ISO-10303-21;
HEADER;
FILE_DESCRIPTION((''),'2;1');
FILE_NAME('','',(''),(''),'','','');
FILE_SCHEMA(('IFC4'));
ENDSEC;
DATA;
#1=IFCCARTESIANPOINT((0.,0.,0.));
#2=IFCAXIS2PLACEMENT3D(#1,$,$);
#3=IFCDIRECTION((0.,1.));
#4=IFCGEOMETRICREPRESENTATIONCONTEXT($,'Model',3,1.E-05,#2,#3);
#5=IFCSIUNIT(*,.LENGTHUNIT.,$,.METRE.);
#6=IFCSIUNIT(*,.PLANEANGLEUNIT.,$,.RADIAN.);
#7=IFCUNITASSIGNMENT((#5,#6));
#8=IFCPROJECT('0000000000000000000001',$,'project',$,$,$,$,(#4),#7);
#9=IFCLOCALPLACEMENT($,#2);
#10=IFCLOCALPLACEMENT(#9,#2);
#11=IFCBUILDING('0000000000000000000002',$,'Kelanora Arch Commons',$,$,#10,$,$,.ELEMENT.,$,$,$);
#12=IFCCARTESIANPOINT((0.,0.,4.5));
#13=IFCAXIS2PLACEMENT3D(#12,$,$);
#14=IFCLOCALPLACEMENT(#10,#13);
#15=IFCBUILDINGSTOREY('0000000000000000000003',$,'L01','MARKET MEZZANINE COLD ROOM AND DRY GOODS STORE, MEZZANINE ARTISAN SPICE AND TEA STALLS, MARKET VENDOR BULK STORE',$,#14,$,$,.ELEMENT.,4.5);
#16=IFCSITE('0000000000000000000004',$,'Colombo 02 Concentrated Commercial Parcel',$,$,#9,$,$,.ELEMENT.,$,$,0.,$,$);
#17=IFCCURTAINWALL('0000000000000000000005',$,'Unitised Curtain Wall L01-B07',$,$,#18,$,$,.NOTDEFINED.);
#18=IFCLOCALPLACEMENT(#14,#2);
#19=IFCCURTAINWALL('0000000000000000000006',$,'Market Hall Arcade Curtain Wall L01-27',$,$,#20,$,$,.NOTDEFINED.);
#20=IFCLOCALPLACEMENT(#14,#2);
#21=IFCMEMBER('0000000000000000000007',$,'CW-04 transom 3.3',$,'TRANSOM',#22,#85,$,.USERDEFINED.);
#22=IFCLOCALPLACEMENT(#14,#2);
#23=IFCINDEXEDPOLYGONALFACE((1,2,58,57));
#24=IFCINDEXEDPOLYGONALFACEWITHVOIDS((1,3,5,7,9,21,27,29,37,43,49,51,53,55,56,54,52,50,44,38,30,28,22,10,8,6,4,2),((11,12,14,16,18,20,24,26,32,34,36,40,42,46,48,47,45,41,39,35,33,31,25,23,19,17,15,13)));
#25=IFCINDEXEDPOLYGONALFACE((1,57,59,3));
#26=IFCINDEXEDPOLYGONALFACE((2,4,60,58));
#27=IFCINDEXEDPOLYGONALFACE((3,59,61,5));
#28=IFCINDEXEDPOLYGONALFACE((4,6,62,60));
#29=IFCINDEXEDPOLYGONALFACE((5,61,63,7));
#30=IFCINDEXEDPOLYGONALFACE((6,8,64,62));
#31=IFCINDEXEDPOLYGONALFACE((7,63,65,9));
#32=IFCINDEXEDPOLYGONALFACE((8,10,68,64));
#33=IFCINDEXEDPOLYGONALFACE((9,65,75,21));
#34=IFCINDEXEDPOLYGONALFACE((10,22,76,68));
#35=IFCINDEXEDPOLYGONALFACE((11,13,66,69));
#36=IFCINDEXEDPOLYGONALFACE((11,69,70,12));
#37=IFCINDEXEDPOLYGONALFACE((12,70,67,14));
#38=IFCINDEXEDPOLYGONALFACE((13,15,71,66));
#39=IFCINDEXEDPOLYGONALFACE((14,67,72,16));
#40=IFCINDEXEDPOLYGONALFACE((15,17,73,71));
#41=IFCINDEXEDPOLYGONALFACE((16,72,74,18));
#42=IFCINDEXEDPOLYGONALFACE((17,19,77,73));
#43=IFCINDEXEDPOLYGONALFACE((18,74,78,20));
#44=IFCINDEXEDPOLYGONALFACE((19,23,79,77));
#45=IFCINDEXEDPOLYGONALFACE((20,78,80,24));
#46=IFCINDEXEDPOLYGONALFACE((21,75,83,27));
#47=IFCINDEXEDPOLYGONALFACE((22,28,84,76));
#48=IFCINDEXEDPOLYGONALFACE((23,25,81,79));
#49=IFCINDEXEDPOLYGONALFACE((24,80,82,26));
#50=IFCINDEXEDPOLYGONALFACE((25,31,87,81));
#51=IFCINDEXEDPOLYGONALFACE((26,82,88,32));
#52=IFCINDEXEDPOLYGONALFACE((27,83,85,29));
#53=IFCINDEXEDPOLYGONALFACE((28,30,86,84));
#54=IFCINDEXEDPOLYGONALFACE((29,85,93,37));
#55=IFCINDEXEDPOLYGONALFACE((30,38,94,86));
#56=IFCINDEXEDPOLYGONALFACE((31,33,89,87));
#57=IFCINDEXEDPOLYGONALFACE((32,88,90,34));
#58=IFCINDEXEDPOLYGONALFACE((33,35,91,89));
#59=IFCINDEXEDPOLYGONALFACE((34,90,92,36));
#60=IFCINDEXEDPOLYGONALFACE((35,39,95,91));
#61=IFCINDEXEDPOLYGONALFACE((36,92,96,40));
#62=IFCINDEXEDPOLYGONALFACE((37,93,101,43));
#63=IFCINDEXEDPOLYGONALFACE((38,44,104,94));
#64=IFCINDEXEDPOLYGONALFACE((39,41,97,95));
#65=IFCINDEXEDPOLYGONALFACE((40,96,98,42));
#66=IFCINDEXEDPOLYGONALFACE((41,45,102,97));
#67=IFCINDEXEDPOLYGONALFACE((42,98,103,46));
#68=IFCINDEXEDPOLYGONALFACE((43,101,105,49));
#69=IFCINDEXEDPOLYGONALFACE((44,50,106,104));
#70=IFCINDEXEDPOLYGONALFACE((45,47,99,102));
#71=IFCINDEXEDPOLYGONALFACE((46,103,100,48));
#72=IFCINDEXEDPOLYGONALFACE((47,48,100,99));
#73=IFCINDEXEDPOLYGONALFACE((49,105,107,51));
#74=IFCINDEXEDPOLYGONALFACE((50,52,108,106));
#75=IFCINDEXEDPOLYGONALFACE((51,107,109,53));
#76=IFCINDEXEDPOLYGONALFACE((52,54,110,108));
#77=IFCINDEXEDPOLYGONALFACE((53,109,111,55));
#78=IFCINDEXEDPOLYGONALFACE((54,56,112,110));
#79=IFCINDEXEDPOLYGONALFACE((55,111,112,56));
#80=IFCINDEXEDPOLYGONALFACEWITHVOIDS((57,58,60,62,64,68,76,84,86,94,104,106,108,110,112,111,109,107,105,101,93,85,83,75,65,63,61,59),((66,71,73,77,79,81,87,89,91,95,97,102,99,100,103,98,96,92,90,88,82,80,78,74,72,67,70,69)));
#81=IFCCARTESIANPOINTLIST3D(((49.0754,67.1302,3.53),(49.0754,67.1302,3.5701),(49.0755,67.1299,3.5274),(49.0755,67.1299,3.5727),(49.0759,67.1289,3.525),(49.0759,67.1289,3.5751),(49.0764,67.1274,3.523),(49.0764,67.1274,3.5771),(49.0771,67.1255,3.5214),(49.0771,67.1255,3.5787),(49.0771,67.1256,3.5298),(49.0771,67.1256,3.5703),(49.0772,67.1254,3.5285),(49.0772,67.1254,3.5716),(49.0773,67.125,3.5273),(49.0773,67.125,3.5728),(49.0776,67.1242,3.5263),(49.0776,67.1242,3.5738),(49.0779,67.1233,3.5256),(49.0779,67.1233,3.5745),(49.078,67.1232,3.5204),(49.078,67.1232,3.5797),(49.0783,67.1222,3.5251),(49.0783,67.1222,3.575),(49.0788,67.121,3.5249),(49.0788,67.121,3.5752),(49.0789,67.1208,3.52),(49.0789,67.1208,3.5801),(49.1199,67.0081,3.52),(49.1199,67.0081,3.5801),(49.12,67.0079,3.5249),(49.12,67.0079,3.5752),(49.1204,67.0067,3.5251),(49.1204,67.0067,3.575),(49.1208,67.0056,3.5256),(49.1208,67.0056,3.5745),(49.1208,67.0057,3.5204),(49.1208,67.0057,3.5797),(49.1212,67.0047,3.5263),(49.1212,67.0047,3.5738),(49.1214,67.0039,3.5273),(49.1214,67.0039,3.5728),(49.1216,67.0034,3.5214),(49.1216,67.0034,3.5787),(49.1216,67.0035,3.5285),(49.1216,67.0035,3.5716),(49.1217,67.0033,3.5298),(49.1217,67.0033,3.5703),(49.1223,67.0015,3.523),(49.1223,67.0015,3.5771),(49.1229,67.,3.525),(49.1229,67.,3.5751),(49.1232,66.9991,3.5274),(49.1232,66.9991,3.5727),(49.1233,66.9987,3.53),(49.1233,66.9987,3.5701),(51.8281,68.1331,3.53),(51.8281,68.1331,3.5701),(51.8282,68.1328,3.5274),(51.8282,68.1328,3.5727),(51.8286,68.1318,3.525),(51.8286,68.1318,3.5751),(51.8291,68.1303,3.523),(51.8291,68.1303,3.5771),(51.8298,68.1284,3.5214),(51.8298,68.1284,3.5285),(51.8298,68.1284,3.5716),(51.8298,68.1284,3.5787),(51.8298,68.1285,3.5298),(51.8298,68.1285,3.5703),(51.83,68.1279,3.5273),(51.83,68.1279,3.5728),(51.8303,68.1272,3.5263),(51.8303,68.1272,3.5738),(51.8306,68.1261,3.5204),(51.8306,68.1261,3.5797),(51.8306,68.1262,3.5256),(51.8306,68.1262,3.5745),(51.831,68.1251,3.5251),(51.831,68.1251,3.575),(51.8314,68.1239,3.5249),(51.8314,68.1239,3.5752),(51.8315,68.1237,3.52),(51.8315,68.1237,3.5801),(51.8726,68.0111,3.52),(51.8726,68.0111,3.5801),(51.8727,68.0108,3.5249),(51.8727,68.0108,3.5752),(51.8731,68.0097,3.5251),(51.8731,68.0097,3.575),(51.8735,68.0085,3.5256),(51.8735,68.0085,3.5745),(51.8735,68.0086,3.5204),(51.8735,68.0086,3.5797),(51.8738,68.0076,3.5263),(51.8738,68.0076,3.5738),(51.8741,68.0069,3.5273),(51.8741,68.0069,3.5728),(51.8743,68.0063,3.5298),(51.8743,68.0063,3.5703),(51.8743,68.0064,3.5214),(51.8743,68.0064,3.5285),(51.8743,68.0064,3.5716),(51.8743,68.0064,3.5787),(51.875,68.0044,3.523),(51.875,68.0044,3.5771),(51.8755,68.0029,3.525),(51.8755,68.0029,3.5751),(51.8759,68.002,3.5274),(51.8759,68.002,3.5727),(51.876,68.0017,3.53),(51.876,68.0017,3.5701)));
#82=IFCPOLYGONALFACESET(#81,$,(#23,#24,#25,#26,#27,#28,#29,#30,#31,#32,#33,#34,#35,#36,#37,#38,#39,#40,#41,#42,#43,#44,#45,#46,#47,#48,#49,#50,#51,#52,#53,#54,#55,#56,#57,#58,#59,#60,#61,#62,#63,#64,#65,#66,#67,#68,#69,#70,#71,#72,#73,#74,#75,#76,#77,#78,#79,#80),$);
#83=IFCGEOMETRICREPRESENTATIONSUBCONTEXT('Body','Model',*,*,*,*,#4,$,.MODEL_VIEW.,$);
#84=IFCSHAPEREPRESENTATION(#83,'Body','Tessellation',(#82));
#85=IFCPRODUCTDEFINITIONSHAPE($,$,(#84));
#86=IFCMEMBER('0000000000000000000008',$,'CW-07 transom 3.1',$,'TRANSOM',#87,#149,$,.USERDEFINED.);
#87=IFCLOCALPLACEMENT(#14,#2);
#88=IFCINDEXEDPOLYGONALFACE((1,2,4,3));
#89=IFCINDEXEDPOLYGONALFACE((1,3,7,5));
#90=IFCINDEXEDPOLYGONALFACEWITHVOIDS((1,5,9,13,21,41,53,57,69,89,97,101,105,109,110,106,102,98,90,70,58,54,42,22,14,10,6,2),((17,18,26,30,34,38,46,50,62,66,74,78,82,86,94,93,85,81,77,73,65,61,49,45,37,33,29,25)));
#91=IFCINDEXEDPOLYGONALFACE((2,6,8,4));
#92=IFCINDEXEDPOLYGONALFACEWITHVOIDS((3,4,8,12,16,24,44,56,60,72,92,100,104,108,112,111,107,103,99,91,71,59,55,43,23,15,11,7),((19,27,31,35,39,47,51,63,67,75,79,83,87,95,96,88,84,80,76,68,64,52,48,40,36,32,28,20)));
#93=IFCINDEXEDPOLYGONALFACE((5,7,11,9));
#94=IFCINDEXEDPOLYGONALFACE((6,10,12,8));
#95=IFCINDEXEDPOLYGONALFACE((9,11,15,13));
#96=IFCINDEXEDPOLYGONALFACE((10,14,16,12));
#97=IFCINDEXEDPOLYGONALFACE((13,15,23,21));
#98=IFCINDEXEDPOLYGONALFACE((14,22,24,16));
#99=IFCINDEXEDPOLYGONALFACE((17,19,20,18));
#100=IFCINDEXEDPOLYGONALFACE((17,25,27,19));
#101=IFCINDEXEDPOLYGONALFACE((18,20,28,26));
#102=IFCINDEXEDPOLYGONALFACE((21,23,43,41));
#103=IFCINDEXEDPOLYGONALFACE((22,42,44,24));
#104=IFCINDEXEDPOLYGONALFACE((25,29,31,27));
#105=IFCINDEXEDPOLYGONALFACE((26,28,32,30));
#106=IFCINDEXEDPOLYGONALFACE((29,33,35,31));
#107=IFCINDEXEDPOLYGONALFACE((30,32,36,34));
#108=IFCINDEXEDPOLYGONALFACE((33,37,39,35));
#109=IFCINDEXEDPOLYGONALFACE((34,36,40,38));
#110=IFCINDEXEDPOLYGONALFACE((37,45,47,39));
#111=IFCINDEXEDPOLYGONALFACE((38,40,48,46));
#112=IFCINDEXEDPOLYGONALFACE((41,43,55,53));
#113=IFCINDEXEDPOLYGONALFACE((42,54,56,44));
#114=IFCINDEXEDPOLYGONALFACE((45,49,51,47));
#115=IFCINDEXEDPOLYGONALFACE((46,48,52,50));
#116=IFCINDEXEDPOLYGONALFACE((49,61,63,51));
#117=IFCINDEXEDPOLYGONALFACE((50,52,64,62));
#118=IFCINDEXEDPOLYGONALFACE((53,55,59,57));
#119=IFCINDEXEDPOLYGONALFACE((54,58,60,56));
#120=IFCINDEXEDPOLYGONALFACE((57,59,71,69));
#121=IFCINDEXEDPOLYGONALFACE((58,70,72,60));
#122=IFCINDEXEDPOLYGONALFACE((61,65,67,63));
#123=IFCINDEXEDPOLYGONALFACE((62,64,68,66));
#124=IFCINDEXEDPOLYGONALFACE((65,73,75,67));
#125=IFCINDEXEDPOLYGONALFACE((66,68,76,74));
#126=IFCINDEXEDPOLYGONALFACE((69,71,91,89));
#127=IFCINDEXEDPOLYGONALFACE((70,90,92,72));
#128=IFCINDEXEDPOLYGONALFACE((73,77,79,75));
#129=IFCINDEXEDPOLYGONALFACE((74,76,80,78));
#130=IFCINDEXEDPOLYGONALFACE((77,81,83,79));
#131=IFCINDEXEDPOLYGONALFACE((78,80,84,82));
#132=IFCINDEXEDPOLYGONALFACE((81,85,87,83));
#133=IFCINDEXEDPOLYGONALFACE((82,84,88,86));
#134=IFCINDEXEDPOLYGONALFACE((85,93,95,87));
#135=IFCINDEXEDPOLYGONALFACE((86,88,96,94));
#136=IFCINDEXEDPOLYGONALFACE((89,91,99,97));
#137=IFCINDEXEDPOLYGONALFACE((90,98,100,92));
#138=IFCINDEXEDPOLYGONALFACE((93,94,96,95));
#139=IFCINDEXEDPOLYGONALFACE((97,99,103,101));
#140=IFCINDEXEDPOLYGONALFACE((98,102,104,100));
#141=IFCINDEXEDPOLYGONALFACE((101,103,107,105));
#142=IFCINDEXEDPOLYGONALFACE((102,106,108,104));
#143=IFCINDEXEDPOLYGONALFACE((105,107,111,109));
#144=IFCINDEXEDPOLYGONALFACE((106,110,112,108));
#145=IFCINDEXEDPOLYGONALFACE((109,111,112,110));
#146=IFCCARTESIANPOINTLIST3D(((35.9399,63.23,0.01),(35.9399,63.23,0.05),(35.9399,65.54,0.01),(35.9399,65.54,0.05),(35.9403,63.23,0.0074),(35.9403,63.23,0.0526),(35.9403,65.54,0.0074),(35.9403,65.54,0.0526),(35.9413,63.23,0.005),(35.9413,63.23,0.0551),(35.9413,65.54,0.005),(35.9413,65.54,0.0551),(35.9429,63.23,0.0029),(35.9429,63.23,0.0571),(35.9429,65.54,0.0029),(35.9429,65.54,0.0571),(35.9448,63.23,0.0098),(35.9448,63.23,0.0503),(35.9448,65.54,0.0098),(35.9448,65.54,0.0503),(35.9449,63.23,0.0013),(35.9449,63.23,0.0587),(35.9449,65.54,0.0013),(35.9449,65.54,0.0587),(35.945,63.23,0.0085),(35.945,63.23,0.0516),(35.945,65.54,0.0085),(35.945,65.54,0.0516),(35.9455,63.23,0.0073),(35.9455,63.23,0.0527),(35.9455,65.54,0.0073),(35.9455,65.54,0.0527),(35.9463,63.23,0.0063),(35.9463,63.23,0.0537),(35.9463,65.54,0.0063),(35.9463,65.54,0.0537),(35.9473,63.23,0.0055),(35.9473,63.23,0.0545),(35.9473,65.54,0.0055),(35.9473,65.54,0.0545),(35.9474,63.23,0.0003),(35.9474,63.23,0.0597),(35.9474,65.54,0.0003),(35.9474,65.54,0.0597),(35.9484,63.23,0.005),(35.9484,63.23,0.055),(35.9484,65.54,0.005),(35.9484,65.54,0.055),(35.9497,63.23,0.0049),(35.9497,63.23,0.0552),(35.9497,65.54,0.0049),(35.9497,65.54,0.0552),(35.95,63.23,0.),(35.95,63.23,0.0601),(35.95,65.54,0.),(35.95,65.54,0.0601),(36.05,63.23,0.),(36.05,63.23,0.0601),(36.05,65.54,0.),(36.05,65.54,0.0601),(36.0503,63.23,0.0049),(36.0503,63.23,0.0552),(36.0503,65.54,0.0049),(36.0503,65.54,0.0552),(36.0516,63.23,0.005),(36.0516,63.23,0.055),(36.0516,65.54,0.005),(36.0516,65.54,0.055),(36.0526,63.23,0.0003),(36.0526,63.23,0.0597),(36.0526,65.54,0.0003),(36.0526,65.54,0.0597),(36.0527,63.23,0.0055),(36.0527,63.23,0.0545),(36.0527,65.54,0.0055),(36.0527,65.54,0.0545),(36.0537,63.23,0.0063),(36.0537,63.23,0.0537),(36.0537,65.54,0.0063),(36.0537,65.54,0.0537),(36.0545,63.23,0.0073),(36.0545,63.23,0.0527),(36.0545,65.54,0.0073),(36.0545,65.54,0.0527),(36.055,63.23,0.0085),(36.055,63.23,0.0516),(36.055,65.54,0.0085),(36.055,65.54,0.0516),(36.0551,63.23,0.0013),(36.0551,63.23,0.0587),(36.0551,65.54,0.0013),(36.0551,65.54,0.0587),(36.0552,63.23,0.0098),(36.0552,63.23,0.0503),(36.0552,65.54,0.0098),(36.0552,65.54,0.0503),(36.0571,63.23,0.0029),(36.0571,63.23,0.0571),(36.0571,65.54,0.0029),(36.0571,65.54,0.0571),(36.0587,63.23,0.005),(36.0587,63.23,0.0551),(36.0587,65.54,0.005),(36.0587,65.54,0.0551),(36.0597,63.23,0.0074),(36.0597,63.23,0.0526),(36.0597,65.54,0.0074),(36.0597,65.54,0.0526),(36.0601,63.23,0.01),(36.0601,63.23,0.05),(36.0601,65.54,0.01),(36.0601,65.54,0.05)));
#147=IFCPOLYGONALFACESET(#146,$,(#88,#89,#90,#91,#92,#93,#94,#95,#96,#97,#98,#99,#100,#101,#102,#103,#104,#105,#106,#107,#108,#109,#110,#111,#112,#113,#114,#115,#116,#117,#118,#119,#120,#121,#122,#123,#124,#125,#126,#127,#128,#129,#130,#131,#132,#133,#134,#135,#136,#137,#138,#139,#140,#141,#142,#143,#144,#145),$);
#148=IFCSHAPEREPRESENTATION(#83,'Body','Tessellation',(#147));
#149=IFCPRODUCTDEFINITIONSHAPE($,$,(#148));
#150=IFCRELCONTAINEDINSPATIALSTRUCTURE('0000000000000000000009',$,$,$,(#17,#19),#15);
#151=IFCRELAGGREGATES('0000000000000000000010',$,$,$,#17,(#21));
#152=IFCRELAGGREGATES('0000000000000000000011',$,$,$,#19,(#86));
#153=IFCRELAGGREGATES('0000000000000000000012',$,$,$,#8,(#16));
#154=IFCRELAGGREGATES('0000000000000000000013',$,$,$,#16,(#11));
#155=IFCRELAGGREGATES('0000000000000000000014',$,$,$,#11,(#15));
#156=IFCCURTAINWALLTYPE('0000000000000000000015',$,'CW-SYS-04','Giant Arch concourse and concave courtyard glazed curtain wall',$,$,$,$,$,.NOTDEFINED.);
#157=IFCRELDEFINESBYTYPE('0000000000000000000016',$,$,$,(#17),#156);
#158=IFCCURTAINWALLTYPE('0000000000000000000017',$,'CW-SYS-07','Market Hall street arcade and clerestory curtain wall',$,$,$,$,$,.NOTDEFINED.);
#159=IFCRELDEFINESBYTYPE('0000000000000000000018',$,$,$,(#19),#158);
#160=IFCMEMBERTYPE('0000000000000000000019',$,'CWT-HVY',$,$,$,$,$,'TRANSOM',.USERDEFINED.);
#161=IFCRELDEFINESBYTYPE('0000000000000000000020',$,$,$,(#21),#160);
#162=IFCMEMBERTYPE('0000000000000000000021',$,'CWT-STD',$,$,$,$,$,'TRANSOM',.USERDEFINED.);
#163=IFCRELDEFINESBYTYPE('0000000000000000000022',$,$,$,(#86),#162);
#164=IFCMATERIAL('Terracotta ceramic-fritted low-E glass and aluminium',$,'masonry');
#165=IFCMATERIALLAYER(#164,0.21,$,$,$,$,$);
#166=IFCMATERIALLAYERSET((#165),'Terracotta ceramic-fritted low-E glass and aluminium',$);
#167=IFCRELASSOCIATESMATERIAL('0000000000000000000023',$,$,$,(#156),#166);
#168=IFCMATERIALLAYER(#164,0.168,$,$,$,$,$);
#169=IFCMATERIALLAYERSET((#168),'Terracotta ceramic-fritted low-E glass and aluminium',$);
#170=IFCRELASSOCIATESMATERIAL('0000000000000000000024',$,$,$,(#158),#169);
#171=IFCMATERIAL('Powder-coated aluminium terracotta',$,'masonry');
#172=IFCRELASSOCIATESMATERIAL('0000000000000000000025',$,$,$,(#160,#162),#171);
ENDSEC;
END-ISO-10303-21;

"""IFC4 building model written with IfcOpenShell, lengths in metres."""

from ifc_helpers import new_model, si_unit, direction, frame, origin, origin_2d, place, context, subcontext, project, spatial, hollow_rectangle, extrude, material, layer, layer_set, material_profile, profile_set, type_object, element, aggregate, save


model = new_model("IFC4")

# Units and contexts
model_context = context("Model", 3, precision=1e-05, world=origin(), true_north=direction((0.0, 1.0)))
body_context = subcontext(model_context, "Body", "Model", "MODEL_VIEW")
ifc_project = project(units=[si_unit("LENGTHUNIT", "METRE"), si_unit("PLANEANGLEUNIT", "RADIAN")], contexts=[model_context])

# Site, building, storey
site_placement = place(None, origin())
site = spatial("IfcSite", under=ifc_project, at=site_placement, Name="Colombo 02 Concentrated Commercial Parcel", CompositionType="ELEMENT", RefElevation=0.0)
building_placement = place(site_placement, origin())
building = spatial("IfcBuilding", under=site, at=building_placement, Name="Kelanora Arch Commons", CompositionType="ELEMENT")
storey_placement = place(building_placement, frame((0.0, 0.0, 4.5)))
storey = spatial("IfcBuildingStorey", under=building, at=storey_placement, Name="L01", Description="MARKET MEZZANINE COLD ROOM AND DRY GOODS STORE, MEZZANINE ARTISAN SPICE AND TEA STALLS, MARKET VENDOR BULK STORE", CompositionType="ELEMENT", Elevation=4.5)

# Curtain walls
ifc_material_1 = material(Name="Terracotta ceramic-fritted low-E glass and aluminium", Category="masonry")
ifc_layer_1 = layer(ifc_material_1, 0.21)
ifc_layer_set_1 = layer_set([ifc_layer_1], Name="Terracotta ceramic-fritted low-E glass and aluminium")
curtain_wall_type_1 = type_object("IfcCurtainWallType", Name="CW-SYS-04", Description="Giant Arch concourse and concave courtyard glazed curtain wall", PredefinedType="NOTDEFINED", material=ifc_layer_set_1)
curtain_wall_1_placement = place(storey_placement, origin())
curtain_wall_1 = element("IfcCurtainWall", 1, at=curtain_wall_1_placement, inside=storey, type_object=curtain_wall_type_1, Name="Unitised Curtain Wall L01-B07", PredefinedType="NOTDEFINED")
ifc_material_2 = material(Name="Powder-coated aluminium terracotta", Category="masonry")
ifc_layer_2 = layer(ifc_material_1, 0.168)
ifc_layer_set_2 = layer_set([ifc_layer_2], Name="Terracotta ceramic-fritted low-E glass and aluminium")
curtain_wall_type_2 = type_object("IfcCurtainWallType", Name="CW-SYS-07", Description="Market Hall street arcade and clerestory curtain wall", PredefinedType="NOTDEFINED", material=ifc_layer_set_2)
curtain_wall_2_placement = place(storey_placement, origin())
curtain_wall_2 = element("IfcCurtainWall", 2, at=curtain_wall_2_placement, inside=storey, type_object=curtain_wall_type_2, Name="Market Hall Arcade Curtain Wall L01-27", PredefinedType="NOTDEFINED")

# Members
ifc_material_profile_1 = material_profile(ifc_material_2, hollow_rectangle(XDim=0.1399, YDim=0.0601, WallThickness=0.0049, InnerFilletRadius=0.0049, OuterFilletRadius=0.01, at=origin_2d()), Name="CWT140x60")
ifc_profile_set_1 = profile_set([ifc_material_profile_1], Name="Powder-coated aluminium terracotta")
member_type_1 = type_object("IfcMemberType", Name="CWT-HVY", ElementType="TRANSOM", PredefinedType="USERDEFINED", material=ifc_profile_set_1)
member_1_placement = place(storey_placement, frame((51.8521, 68.0674, 3.55), z_axis=(-0.939579, -0.342332, 0.0), x_axis=(0.342332, -0.939579, 0.0)))
member_1 = element("IfcMember", 3, at=member_1_placement, type_object=member_type_1, Name="CW-04 transom 3.3", ObjectType="TRANSOM", PredefinedType="USERDEFINED", context=body_context, shape_type="SweptSolid", body=[
    extrude(hollow_rectangle(XDim=0.1399, YDim=0.0601, WallThickness=0.0049, InnerFilletRadius=0.0049, OuterFilletRadius=0.01, at=origin_2d()), origin(), (0.0, 0.0, 1.0), 2.9297),
])
ifc_material_profile_2 = material_profile(ifc_material_2, hollow_rectangle(XDim=0.1201, YDim=0.0601, WallThickness=0.0049, InnerFilletRadius=0.0049, OuterFilletRadius=0.01, at=origin_2d()), Name="CWT120x60")
ifc_profile_set_2 = profile_set([ifc_material_profile_2], Name="Powder-coated aluminium terracotta")
member_type_2 = type_object("IfcMemberType", Name="CWT-STD", ElementType="TRANSOM", PredefinedType="USERDEFINED", material=ifc_profile_set_2)
member_2_placement = place(storey_placement, frame((36.0, 63.23, 0.03), z_axis=(0.0, 1.0, 0.0), x_axis=(-1.0, 0.0, 0.0)))
member_2 = element("IfcMember", 4, at=member_2_placement, type_object=member_type_2, Name="CW-07 transom 3.1", ObjectType="TRANSOM", PredefinedType="USERDEFINED", context=body_context, shape_type="SweptSolid", body=[
    extrude(hollow_rectangle(XDim=0.1201, YDim=0.0601, WallThickness=0.0049, InnerFilletRadius=0.0049, OuterFilletRadius=0.01, at=origin_2d()), origin(), (0.0, 0.0, 1.0), 2.3101),
])

aggregate(curtain_wall_1, [member_1])
aggregate(curtain_wall_2, [member_2])

save(model, "model.ifc")
